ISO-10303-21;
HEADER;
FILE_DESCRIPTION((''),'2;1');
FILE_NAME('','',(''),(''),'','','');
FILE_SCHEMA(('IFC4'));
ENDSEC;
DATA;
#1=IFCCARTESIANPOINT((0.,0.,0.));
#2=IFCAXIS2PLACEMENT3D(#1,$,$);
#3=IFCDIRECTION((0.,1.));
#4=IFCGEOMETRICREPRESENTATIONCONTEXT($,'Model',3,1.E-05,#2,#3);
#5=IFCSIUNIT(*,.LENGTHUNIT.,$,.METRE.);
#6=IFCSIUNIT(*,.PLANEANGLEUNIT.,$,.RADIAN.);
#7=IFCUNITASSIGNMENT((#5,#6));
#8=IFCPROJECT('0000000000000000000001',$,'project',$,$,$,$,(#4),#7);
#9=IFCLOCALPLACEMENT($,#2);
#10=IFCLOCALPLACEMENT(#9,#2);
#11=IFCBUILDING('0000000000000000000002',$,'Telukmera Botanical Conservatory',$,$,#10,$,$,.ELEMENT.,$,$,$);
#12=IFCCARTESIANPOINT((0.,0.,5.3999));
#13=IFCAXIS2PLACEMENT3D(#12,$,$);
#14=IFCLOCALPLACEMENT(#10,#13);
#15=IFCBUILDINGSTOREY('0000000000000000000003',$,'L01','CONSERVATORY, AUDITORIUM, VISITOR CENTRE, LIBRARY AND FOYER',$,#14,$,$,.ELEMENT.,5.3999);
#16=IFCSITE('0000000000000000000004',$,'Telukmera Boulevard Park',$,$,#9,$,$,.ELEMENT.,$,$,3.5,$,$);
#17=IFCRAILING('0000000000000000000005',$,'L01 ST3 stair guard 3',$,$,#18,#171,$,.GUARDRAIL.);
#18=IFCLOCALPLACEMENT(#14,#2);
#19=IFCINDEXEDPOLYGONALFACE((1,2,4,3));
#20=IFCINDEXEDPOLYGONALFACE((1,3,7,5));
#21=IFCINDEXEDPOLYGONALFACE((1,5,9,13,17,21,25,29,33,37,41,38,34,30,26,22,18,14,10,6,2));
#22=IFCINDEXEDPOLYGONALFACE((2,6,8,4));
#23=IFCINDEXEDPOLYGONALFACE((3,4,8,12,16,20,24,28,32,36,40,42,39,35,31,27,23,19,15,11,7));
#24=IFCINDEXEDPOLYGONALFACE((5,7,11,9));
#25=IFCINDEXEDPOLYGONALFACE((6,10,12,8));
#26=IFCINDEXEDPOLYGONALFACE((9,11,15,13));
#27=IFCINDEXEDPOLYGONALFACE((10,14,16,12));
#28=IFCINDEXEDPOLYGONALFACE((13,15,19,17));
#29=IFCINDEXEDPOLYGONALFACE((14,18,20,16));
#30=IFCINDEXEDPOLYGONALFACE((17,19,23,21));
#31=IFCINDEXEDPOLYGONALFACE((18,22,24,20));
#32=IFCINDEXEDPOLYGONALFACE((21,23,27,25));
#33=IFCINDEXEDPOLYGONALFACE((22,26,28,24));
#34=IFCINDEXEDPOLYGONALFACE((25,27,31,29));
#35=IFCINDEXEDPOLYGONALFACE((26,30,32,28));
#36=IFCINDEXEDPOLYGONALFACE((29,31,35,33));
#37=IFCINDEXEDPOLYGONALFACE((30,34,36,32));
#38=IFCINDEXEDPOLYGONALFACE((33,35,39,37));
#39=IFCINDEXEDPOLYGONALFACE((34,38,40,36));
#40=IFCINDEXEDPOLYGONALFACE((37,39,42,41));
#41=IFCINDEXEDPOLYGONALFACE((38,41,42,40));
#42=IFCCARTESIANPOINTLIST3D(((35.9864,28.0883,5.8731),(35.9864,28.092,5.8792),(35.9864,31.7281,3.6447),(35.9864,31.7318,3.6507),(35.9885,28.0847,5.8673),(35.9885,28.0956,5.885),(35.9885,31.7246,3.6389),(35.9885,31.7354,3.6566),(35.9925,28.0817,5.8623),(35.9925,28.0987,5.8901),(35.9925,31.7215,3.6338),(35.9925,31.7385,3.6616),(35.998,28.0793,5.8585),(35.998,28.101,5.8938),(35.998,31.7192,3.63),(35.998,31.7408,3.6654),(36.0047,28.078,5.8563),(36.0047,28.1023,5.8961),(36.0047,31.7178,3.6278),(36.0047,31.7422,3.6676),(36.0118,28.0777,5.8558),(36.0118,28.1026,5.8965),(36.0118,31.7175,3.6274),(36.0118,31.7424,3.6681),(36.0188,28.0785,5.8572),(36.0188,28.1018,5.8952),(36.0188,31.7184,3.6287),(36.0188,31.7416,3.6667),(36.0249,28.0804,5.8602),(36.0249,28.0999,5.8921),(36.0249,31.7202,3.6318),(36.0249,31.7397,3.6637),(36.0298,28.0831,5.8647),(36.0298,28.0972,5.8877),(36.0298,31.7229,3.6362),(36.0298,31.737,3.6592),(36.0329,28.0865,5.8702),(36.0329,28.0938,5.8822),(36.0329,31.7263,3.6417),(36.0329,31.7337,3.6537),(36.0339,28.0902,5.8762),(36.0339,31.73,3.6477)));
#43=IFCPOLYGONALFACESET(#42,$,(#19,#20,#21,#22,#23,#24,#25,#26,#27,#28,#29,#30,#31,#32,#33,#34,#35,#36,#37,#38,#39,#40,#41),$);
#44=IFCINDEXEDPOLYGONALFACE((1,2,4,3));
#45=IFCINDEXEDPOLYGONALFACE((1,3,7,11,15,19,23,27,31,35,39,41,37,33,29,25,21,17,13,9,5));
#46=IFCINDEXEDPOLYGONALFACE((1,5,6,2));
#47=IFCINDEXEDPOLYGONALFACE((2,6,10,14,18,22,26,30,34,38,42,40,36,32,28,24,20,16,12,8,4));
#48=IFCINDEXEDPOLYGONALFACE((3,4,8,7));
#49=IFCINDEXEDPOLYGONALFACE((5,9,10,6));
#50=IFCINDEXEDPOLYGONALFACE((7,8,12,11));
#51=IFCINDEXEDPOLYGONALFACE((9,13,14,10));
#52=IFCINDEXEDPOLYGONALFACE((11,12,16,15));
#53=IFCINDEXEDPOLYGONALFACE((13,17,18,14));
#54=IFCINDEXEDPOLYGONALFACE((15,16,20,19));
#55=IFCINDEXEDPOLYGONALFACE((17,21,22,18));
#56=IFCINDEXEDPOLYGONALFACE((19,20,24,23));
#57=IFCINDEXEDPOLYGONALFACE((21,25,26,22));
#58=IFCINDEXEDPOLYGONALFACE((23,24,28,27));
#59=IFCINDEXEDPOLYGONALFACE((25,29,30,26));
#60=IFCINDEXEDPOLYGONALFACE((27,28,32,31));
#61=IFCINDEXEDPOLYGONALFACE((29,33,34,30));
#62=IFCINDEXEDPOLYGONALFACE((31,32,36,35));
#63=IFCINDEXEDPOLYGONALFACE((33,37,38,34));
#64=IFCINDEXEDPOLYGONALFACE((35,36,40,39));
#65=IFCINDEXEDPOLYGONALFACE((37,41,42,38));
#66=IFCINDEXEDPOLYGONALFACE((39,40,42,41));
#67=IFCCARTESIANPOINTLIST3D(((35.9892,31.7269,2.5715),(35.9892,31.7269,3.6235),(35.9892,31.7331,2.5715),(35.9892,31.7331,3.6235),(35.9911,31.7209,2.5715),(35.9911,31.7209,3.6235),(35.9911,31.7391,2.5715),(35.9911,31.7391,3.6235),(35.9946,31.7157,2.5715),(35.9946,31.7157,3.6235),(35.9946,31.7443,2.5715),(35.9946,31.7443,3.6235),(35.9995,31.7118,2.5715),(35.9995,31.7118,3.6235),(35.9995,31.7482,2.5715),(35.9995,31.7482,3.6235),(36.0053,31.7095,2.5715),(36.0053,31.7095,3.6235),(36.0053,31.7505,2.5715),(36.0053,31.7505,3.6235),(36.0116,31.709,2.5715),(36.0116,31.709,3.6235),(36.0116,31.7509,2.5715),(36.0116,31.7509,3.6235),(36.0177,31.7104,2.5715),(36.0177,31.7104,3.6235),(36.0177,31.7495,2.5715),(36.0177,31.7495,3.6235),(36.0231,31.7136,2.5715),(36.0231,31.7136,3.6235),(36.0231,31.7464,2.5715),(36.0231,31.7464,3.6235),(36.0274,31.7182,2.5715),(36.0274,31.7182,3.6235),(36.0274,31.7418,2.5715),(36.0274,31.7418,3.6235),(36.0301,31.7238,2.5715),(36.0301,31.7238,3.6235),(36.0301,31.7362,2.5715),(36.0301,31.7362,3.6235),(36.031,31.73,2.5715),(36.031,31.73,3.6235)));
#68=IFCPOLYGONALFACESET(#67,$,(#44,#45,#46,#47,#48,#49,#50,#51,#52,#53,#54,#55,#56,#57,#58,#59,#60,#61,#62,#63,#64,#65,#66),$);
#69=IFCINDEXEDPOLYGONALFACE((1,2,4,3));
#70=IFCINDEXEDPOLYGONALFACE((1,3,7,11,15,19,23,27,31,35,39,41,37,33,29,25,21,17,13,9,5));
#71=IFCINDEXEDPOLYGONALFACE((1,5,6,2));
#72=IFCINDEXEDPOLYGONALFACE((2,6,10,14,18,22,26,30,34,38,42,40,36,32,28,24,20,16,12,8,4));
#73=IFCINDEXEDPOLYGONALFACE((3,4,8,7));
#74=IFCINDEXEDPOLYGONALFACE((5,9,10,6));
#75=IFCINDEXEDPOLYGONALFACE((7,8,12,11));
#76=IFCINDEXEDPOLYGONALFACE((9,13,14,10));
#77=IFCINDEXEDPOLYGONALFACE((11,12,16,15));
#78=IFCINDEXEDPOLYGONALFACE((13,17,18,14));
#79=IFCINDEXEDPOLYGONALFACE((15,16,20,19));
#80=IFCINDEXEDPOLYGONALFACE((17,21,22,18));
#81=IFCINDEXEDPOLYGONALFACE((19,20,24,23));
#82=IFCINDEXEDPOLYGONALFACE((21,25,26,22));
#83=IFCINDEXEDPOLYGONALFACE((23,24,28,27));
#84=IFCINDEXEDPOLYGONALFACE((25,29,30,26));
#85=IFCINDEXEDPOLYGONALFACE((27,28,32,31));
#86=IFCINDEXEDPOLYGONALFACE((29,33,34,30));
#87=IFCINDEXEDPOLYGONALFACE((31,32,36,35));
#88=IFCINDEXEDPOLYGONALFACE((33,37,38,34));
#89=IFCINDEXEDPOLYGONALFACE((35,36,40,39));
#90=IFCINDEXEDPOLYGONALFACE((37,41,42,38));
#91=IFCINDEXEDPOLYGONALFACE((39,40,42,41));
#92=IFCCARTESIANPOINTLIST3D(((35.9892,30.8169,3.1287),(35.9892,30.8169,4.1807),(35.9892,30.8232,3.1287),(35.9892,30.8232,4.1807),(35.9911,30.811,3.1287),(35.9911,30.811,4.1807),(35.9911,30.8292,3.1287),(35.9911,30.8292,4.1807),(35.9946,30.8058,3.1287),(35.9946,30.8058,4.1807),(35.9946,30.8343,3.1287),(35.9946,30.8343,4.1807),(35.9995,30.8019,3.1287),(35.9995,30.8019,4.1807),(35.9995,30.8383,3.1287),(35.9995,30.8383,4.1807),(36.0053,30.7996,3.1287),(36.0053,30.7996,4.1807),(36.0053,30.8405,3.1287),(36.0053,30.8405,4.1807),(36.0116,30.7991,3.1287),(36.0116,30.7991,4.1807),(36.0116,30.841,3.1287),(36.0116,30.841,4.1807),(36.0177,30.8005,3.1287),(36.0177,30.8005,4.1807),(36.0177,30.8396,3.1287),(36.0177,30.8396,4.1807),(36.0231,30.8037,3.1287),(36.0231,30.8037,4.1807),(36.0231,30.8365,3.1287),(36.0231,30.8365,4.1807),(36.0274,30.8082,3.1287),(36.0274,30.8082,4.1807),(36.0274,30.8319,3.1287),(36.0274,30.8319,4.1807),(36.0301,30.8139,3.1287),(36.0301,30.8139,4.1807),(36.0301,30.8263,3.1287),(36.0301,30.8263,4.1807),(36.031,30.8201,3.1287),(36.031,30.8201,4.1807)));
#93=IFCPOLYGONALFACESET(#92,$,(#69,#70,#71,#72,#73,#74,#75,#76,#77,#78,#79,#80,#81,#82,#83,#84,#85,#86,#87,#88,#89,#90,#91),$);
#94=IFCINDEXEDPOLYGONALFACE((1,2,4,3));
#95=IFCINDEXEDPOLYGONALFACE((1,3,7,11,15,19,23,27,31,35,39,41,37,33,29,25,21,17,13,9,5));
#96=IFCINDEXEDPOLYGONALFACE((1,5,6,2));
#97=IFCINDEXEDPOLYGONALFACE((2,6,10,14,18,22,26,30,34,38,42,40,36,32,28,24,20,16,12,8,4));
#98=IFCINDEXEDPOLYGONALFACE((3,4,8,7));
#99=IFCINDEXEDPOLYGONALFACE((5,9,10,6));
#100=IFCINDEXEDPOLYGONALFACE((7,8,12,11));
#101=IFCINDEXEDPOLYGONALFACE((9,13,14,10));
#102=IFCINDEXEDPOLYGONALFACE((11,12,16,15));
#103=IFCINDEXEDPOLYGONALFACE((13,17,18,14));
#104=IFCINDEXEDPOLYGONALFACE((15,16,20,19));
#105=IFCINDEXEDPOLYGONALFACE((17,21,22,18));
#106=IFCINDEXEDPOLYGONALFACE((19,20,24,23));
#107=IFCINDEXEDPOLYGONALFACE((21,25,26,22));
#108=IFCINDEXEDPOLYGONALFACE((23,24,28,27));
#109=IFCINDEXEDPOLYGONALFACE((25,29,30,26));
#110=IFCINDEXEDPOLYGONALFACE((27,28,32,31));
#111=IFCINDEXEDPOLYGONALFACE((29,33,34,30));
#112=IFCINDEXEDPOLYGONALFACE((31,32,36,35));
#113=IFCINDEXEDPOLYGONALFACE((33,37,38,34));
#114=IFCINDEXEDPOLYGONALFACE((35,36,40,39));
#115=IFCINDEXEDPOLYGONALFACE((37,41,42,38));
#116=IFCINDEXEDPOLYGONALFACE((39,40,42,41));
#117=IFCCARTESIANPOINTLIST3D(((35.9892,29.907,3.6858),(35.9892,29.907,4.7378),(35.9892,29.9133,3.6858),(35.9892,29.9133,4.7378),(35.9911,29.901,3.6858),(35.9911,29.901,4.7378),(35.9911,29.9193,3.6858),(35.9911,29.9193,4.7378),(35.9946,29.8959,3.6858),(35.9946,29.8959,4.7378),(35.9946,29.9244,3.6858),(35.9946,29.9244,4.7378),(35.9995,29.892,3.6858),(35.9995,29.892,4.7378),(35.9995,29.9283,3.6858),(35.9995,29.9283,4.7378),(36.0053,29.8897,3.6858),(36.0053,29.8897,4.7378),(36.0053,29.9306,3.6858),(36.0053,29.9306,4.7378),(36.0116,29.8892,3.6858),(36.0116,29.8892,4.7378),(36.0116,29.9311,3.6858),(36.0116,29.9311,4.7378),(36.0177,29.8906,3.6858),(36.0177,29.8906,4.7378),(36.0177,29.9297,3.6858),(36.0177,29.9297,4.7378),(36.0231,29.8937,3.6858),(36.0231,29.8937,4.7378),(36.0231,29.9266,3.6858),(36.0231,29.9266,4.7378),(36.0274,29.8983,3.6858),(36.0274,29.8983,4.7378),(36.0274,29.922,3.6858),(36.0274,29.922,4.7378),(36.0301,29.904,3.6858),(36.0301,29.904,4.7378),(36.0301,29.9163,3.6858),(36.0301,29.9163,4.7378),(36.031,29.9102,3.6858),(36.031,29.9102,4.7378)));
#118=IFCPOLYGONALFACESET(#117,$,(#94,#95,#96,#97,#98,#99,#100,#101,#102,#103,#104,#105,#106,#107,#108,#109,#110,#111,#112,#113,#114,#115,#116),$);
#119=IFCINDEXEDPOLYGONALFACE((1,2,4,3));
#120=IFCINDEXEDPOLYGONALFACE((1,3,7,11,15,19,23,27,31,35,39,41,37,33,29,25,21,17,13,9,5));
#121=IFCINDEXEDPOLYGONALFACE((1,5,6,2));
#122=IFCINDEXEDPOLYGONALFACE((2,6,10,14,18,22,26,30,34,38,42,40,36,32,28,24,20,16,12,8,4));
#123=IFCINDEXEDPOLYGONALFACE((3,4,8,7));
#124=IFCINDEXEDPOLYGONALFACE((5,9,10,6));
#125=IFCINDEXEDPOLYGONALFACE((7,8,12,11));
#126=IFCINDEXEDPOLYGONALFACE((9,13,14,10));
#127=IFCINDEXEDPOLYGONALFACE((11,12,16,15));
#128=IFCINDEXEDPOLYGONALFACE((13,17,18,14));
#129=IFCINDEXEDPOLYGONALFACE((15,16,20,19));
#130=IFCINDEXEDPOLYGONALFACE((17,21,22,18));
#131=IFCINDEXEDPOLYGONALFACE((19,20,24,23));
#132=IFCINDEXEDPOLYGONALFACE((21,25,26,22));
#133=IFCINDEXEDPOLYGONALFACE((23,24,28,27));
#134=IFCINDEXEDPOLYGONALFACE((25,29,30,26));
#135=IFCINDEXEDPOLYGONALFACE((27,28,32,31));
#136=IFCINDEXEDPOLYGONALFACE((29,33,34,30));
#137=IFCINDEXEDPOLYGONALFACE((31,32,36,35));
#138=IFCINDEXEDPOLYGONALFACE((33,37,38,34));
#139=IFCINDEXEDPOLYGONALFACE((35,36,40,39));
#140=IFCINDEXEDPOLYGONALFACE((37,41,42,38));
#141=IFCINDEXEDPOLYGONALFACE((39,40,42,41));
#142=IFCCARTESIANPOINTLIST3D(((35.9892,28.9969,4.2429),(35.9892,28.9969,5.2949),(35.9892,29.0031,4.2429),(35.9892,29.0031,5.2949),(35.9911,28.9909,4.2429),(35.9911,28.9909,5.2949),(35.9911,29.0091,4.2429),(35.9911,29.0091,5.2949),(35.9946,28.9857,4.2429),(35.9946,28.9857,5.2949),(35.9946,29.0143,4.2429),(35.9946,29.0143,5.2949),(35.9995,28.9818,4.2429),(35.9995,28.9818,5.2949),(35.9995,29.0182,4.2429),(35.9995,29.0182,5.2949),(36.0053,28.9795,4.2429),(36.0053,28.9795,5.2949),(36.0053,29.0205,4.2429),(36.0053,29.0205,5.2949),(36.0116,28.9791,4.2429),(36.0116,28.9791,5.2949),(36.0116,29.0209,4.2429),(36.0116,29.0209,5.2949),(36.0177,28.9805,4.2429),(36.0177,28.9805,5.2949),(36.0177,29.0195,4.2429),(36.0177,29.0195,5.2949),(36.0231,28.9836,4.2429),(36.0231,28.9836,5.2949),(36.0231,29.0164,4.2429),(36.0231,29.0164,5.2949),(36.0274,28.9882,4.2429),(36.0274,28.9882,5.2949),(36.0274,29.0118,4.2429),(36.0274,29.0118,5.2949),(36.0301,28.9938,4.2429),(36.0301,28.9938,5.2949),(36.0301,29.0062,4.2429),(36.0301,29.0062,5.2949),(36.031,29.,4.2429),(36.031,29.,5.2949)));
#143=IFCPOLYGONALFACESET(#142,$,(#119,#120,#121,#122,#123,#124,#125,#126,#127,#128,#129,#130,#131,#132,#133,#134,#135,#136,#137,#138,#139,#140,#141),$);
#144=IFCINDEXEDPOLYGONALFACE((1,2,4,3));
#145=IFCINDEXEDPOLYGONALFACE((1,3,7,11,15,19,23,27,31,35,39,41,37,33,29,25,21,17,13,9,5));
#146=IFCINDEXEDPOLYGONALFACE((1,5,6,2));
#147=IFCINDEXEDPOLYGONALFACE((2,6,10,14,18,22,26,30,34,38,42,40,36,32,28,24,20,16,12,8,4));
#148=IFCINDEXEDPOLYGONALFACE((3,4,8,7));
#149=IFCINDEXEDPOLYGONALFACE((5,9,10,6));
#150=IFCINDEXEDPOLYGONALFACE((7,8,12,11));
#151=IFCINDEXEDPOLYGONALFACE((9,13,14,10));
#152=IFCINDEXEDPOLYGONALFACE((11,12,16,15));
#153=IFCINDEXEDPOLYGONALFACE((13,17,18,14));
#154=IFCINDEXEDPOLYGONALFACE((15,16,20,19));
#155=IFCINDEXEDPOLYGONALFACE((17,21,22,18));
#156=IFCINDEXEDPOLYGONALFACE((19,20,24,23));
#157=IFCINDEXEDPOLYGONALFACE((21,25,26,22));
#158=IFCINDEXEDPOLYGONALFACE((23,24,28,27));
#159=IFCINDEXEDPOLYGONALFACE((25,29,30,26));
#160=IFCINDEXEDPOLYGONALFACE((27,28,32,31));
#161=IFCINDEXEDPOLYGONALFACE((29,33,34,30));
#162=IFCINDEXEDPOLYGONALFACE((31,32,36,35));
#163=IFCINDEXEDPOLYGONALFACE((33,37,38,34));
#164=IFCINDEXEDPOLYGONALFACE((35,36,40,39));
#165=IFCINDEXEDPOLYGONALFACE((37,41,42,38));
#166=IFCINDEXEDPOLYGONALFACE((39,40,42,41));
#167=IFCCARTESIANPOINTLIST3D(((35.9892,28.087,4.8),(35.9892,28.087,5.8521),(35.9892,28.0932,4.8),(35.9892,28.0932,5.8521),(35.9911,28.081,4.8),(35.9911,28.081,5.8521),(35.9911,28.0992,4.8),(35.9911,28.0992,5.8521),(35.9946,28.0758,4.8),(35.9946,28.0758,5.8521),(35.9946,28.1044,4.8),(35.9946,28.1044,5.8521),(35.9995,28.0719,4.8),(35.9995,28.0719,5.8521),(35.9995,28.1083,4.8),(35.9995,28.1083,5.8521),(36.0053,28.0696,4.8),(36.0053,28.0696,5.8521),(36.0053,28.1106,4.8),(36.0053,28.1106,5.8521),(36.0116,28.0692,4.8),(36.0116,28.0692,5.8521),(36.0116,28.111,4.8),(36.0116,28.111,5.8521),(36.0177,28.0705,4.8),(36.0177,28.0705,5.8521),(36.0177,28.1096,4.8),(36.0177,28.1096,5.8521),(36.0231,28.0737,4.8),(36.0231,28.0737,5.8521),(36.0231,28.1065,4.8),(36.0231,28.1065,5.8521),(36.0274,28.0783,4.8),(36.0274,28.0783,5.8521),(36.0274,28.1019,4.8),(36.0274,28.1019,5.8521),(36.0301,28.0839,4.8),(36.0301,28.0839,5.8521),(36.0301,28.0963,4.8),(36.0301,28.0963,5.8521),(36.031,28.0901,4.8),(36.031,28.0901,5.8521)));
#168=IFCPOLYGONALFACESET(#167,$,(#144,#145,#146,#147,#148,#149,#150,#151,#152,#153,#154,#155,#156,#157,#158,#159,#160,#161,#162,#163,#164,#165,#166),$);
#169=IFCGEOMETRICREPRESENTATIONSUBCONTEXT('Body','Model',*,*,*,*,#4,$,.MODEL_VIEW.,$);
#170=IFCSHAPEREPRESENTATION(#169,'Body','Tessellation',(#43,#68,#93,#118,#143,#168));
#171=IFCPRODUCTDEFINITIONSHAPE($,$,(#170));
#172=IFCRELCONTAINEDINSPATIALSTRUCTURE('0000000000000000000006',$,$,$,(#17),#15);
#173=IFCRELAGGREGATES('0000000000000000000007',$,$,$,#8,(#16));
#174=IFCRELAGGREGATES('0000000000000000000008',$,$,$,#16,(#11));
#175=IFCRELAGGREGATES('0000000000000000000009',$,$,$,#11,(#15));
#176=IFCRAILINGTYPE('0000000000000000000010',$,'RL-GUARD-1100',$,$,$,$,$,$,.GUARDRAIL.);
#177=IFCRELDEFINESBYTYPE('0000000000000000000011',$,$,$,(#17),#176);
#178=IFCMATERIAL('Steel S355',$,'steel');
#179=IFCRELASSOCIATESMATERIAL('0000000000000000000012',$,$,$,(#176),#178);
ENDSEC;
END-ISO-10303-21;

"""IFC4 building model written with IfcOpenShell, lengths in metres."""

from ifc_helpers import new_model, si_unit, direction, frame, origin, origin_2d, place, context, subcontext, project, spatial, circle, extrude, material, type_object, element, save


model = new_model("IFC4")

# Units and contexts
model_context = context("Model", 3, precision=1e-05, world=origin(), true_north=direction((0.0, 1.0)))
body_context = subcontext(model_context, "Body", "Model", "MODEL_VIEW")
ifc_project = project(units=[si_unit("LENGTHUNIT", "METRE"), si_unit("PLANEANGLEUNIT", "RADIAN")], contexts=[model_context])

# Site, building, storey
site_placement = place(None, origin())
site = spatial("IfcSite", under=ifc_project, at=site_placement, Name="Telukmera Boulevard Park", CompositionType="ELEMENT", RefElevation=3.5)
building_placement = place(site_placement, origin())
building = spatial("IfcBuilding", under=site, at=building_placement, Name="Telukmera Botanical Conservatory", CompositionType="ELEMENT")
storey_placement = place(building_placement, frame((0.0, 0.0, 5.3999)))
storey = spatial("IfcBuildingStorey", under=building, at=storey_placement, Name="L01", Description="CONSERVATORY, AUDITORIUM, VISITOR CENTRE, LIBRARY AND FOYER", CompositionType="ELEMENT", Elevation=5.3999)

# Railing
ifc_material_1 = material(Name="Steel S355", Category="steel")
railing_type_1 = type_object("IfcRailingType", Name="RL-GUARD-1100", PredefinedType="GUARDRAIL", material=ifc_material_1)
railing_1_placement = place(storey_placement, frame((36.01, 31.73, 2.5715)))
element("IfcRailing", 1, at=railing_1_placement, inside=storey, type_object=railing_type_1, Name="L01 ST3 stair guard 3", PredefinedType="GUARDRAIL", context=body_context, shape_type="SweptSolid", body=[
    extrude(circle(Radius=0.0239, at=origin_2d()), frame((0.0, 0.0, 1.0762), z_axis=(0.0, -0.85285, 0.522156), x_axis=(1.0, 0.0, 0.0)), (0.0, 0.0, 1.0), 4.2678),
    extrude(circle(Radius=0.021, at=origin_2d()), origin(), (0.0, 0.0, 1.0), 1.052),
    extrude(circle(Radius=0.021, at=origin_2d()), frame((0.0, -0.9099, 0.5571)), (0.0, 0.0, 1.0), 1.052),
    extrude(circle(Radius=0.021, at=origin_2d()), frame((0.0, -1.8198, 1.1143)), (0.0, 0.0, 1.0), 1.052),
    extrude(circle(Radius=0.021, at=origin_2d()), frame((0.0, -2.73, 1.6714)), (0.0, 0.0, 1.0), 1.052),
    extrude(circle(Radius=0.021, at=origin_2d()), frame((0.0, -3.6399, 2.2285)), (0.0, 0.0, 1.0), 1.052),
])

save(model, "model.ifc")
